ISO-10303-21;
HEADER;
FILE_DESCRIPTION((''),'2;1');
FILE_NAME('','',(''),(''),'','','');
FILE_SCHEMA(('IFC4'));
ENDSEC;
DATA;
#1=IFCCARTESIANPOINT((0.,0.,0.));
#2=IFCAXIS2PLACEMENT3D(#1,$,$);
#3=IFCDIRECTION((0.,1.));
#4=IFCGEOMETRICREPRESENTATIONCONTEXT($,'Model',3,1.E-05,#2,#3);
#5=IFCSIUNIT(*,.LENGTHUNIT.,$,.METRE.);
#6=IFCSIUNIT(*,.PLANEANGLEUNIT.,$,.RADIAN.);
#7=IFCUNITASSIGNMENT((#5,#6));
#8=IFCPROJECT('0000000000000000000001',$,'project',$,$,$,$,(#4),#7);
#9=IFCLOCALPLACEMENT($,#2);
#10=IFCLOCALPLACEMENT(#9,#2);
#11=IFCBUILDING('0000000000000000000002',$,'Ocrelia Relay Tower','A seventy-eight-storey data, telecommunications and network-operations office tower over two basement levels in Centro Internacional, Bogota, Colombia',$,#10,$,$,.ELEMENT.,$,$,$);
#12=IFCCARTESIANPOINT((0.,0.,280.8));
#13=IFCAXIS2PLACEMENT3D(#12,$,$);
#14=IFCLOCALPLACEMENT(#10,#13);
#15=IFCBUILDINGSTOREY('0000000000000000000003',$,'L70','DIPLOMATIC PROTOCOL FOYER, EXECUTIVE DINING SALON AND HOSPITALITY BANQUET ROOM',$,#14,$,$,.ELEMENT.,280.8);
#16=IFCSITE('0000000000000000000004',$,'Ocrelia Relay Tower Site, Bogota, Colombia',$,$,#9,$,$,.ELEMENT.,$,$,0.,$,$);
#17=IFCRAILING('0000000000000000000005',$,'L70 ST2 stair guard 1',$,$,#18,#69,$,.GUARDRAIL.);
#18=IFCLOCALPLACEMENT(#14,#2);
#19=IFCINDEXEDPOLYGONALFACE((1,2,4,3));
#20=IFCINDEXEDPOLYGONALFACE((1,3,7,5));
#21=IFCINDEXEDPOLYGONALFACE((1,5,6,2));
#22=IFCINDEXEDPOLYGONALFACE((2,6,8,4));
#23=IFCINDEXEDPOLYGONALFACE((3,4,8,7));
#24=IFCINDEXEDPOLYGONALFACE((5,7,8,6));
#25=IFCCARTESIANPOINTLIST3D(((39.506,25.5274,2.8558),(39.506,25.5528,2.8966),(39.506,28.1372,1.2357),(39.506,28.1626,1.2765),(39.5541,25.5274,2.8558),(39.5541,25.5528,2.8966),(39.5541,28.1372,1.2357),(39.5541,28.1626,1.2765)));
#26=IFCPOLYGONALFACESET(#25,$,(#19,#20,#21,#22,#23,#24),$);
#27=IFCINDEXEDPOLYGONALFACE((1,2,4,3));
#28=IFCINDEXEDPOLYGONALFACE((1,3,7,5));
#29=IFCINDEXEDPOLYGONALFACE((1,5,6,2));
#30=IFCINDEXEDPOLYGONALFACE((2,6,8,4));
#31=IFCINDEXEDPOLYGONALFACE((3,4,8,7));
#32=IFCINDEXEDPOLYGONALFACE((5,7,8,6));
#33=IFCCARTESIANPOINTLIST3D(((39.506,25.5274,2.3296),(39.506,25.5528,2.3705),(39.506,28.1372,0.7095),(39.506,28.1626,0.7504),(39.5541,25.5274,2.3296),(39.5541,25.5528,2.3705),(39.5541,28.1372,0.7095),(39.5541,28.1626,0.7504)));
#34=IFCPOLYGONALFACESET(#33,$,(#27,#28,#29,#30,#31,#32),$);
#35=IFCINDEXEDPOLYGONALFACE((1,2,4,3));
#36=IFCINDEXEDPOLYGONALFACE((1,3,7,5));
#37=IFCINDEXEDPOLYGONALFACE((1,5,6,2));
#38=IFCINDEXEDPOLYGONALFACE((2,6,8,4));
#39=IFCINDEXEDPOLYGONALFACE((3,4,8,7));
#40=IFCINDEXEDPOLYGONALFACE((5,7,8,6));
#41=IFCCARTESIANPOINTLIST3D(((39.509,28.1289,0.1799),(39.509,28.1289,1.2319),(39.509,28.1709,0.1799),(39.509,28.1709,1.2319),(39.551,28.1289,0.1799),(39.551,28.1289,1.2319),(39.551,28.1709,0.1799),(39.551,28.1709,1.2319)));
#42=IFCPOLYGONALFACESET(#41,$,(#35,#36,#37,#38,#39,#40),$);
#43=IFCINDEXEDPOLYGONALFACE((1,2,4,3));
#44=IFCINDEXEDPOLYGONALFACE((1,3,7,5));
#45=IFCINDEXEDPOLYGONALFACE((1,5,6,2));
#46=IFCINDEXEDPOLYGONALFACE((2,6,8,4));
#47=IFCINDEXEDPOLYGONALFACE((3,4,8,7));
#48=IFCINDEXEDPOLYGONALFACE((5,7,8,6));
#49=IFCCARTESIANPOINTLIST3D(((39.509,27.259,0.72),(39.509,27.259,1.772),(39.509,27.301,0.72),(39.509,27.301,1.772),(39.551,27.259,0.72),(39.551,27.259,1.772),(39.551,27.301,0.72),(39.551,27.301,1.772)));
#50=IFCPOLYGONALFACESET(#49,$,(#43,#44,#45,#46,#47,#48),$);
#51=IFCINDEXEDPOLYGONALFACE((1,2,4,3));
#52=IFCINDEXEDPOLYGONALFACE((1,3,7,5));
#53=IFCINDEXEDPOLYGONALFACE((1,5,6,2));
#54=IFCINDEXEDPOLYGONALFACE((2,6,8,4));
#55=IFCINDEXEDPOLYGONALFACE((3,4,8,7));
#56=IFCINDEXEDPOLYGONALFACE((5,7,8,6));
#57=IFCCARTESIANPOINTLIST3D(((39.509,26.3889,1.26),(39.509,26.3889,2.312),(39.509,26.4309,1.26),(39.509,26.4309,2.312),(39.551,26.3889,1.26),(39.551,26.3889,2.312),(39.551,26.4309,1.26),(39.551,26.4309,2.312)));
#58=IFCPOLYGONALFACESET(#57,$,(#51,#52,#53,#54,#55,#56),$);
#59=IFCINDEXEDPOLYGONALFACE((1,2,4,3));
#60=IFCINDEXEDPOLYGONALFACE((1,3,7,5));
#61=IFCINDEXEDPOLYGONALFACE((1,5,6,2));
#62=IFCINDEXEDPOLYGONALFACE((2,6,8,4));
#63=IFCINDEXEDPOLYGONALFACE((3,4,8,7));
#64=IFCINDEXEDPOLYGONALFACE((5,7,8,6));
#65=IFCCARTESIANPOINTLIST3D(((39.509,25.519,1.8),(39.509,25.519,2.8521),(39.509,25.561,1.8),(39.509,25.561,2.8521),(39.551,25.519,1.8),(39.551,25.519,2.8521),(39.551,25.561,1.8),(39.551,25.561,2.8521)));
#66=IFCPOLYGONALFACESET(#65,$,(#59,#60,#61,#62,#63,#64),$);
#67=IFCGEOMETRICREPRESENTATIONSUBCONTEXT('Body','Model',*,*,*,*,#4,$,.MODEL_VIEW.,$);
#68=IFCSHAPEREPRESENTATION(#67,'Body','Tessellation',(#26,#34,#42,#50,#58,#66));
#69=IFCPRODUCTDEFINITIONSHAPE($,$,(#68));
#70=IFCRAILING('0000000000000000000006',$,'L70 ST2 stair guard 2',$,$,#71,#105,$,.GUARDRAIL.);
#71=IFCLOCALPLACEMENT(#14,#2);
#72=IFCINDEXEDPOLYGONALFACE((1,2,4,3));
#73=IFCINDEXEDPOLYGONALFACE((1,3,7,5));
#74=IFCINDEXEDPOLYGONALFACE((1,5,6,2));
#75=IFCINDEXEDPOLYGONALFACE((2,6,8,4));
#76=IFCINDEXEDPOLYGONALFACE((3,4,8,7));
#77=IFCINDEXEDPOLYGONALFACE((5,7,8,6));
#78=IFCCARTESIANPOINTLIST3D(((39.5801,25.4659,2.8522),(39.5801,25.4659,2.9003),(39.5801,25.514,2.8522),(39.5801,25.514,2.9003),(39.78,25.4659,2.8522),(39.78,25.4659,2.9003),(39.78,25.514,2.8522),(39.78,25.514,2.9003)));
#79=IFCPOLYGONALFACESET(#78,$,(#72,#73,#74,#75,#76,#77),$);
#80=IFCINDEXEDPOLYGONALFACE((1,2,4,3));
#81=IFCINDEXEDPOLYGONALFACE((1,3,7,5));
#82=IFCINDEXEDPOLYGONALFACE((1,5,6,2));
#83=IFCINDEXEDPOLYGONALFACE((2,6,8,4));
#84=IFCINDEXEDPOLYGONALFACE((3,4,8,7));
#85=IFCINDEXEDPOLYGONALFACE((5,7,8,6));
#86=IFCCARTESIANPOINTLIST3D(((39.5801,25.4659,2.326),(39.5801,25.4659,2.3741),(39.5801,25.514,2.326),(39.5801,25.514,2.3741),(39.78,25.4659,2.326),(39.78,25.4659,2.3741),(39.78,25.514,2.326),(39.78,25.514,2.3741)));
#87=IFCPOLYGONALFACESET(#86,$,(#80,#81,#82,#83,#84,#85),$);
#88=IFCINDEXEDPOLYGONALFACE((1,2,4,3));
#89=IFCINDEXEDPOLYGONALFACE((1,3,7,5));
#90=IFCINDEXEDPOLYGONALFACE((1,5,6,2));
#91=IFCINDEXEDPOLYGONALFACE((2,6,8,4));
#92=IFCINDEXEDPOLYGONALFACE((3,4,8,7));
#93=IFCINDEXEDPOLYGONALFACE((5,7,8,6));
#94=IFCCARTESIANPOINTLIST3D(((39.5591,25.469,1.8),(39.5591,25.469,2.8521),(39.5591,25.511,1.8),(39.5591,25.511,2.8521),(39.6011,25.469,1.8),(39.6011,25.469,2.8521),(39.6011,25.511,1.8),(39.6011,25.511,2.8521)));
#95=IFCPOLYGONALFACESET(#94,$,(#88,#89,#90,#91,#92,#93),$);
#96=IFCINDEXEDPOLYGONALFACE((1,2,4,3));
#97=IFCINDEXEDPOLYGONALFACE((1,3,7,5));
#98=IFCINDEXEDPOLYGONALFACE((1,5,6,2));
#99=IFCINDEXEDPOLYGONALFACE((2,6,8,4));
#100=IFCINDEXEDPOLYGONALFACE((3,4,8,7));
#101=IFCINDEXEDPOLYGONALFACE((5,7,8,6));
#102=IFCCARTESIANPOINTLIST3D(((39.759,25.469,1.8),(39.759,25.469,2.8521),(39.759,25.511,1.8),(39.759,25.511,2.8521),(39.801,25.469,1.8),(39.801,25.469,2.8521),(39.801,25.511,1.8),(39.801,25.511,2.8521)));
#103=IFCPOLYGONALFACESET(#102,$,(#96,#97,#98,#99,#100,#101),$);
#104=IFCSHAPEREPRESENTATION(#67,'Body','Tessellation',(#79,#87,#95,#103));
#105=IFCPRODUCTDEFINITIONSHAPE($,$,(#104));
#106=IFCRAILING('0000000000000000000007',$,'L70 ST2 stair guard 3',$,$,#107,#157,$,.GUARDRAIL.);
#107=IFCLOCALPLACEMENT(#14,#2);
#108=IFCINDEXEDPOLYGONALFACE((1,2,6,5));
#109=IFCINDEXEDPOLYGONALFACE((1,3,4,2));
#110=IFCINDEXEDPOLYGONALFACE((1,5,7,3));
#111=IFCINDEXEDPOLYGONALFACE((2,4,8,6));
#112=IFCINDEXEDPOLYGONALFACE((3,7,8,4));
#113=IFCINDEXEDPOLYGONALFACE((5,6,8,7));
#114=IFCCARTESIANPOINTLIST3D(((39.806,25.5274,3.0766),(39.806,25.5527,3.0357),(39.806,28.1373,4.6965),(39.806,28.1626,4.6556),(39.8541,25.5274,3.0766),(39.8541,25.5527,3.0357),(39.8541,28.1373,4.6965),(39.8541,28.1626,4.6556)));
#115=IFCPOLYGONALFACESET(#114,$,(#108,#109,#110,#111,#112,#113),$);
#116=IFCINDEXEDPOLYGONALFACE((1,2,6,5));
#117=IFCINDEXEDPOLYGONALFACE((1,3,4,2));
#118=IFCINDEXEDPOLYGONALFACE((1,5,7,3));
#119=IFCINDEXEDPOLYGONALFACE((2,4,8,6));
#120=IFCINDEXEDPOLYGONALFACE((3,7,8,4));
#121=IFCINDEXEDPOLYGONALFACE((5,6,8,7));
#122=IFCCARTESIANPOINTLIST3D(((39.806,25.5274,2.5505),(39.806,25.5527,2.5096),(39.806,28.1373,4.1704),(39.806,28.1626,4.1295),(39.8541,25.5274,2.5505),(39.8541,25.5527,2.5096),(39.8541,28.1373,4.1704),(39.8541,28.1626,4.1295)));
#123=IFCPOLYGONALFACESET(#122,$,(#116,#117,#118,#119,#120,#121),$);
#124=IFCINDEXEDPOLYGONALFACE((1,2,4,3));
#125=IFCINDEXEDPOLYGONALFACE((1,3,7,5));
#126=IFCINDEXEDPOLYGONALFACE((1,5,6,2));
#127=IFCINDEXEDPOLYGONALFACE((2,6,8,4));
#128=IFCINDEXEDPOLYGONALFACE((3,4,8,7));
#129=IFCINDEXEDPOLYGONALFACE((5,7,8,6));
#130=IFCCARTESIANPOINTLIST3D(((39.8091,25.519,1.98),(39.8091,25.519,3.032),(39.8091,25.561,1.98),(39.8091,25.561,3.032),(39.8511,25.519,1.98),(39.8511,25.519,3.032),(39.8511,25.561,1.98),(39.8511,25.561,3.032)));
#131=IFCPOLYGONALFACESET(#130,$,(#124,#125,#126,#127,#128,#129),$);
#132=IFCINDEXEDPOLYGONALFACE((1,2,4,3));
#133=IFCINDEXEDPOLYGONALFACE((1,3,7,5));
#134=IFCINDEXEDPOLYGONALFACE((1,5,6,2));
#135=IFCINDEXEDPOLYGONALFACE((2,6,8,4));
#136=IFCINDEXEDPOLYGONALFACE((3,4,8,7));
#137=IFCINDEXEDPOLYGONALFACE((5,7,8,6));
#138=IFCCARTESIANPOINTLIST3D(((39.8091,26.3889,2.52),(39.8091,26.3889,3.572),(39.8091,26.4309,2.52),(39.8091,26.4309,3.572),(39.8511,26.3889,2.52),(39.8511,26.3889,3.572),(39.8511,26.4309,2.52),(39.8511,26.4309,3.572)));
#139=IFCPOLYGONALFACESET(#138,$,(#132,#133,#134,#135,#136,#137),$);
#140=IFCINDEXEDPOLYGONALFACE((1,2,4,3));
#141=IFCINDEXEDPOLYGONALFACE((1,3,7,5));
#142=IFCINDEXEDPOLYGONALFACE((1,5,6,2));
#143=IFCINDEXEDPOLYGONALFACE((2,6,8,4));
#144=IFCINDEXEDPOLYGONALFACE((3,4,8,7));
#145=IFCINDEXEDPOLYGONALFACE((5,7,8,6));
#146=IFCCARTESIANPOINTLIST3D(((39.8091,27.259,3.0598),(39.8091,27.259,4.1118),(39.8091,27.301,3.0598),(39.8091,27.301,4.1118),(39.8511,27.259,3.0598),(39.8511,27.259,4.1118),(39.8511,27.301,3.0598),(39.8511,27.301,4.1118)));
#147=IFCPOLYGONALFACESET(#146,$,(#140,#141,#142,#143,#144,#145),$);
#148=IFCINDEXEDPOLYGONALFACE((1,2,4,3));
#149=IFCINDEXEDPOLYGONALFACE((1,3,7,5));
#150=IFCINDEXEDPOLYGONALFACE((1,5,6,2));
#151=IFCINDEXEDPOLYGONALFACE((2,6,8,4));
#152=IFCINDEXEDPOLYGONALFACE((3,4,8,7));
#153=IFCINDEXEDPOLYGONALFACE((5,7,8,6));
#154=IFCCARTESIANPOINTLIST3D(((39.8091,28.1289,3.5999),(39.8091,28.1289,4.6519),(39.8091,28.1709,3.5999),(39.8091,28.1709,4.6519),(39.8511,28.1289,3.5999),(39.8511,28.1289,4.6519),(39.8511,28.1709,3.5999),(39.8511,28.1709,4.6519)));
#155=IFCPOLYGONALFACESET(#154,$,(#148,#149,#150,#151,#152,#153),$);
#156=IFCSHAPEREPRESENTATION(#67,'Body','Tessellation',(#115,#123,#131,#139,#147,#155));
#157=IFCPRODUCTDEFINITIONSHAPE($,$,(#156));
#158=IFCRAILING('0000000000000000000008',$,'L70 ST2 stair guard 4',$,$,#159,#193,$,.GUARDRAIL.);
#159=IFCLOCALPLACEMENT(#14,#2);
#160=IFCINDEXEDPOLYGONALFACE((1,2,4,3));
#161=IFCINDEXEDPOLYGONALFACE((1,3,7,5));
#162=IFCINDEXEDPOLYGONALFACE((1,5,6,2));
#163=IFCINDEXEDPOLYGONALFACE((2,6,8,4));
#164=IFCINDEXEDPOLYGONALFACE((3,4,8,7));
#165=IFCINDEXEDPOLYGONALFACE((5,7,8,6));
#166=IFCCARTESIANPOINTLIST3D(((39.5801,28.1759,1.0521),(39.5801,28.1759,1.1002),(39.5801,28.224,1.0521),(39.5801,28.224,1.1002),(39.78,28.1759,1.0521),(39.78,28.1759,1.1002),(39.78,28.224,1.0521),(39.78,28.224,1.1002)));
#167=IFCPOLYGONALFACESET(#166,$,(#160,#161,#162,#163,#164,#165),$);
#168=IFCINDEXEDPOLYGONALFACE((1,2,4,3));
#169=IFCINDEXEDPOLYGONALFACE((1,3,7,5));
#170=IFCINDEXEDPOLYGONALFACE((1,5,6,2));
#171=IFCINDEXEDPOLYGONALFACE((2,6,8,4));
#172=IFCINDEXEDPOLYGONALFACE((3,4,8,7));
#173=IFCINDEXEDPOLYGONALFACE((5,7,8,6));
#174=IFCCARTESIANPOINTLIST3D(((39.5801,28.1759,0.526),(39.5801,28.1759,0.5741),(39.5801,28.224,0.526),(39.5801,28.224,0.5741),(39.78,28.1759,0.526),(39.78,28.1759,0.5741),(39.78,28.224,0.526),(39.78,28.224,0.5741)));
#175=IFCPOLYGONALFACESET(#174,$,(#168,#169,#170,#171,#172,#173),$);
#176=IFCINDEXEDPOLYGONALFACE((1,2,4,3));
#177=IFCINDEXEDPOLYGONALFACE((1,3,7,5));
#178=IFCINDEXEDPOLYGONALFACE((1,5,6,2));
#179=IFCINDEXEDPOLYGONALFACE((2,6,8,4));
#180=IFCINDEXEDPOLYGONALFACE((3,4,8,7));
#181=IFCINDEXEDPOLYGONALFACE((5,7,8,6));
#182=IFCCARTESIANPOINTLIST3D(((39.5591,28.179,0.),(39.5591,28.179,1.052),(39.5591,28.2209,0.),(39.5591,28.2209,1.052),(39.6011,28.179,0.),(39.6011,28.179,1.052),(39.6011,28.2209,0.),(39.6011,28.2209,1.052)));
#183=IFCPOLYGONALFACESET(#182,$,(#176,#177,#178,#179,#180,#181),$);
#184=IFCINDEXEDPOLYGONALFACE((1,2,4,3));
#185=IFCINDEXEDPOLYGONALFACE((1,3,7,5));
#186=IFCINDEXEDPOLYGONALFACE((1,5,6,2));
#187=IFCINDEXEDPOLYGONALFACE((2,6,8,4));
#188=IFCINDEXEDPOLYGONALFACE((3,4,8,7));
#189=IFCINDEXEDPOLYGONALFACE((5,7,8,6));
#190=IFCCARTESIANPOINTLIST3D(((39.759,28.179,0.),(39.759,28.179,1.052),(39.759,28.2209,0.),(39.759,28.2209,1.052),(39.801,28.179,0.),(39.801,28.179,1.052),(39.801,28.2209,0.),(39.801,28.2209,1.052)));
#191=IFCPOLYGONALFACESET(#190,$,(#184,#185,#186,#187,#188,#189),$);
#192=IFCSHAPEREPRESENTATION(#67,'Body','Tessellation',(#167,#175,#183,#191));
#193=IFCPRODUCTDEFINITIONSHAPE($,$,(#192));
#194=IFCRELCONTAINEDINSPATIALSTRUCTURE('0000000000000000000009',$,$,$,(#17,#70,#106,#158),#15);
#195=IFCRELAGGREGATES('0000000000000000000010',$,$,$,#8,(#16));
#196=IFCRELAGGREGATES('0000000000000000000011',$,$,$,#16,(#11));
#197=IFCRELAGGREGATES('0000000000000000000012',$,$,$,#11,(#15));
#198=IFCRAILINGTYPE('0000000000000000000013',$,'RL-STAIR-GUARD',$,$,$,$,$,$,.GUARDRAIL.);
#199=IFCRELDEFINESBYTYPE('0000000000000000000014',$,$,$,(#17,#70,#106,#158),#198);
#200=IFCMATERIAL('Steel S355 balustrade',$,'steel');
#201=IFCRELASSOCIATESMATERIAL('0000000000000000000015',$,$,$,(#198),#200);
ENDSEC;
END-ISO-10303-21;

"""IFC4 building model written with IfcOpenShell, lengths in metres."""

from ifc_helpers import new_model, si_unit, direction, frame, origin, origin_2d, place, context, subcontext, project, spatial, rectangle, extrude, material, type_object, element, save


model = new_model("IFC4")

# Units and contexts
model_context = context("Model", 3, precision=1e-05, world=origin(), true_north=direction((0.0, 1.0)))
body_context = subcontext(model_context, "Body", "Model", "MODEL_VIEW")
ifc_project = project(units=[si_unit("LENGTHUNIT", "METRE"), si_unit("PLANEANGLEUNIT", "RADIAN")], contexts=[model_context])

# Site, building, storey
site_placement = place(None, origin())
site = spatial("IfcSite", under=ifc_project, at=site_placement, Name="Ocrelia Relay Tower Site, Bogota, Colombia", CompositionType="ELEMENT", RefElevation=0.0)
building_placement = place(site_placement, origin())
building = spatial("IfcBuilding", under=site, at=building_placement, Name="Ocrelia Relay Tower", Description="A seventy-eight-storey data, telecommunications and network-operations office tower over two basement levels in Centro Internacional, Bogota, Colombia", CompositionType="ELEMENT")
storey_placement = place(building_placement, frame((0.0, 0.0, 280.8)))
storey = spatial("IfcBuildingStorey", under=building, at=storey_placement, Name="L70", Description="DIPLOMATIC PROTOCOL FOYER, EXECUTIVE DINING SALON AND HOSPITALITY BANQUET ROOM", CompositionType="ELEMENT", Elevation=280.8)

# Railings
ifc_material_1 = material(Name="Steel S355 balustrade", Category="steel")
railing_type_1 = type_object("IfcRailingType", Name="RL-STAIR-GUARD", PredefinedType="GUARDRAIL", material=ifc_material_1)
railing_1_placement = place(storey_placement, frame((39.53, 28.1499, 0.1799)))
element("IfcRailing", 1, at=railing_1_placement, inside=storey, type_object=railing_type_1, Name="L70 ST2 stair guard 1", PredefinedType="GUARDRAIL", context=body_context, shape_type="SweptSolid", body=[
    extrude(rectangle(XDim=0.0481, YDim=0.0481, at=origin_2d()), frame((0.0, 0.0, 1.0762), z_axis=(0.0, -0.849611, 0.52741), x_axis=(1.0, 0.0, 0.0)), (0.0, 0.0, 1.0), 3.0718),
    extrude(rectangle(XDim=0.0481, YDim=0.0481, at=origin_2d()), frame((0.0, 0.0, 0.55), z_axis=(0.0, -0.849611, 0.52741), x_axis=(1.0, 0.0, 0.0)), (0.0, 0.0, 1.0), 3.0718),
    extrude(rectangle(XDim=0.042, YDim=0.042, at=origin_2d()), origin(), (0.0, 0.0, 1.0), 1.052),
    extrude(rectangle(XDim=0.042, YDim=0.042, at=origin_2d()), frame((0.0, -0.8699, 0.54)), (0.0, 0.0, 1.0), 1.052),
    extrude(rectangle(XDim=0.042, YDim=0.042, at=origin_2d()), frame((0.0, -1.74, 1.0801)), (0.0, 0.0, 1.0), 1.052),
    extrude(rectangle(XDim=0.042, YDim=0.042, at=origin_2d()), frame((0.0, -2.6099, 1.6201)), (0.0, 0.0, 1.0), 1.052),
])
railing_2_placement = place(storey_placement, frame((39.5801, 25.49, 1.8)))
element("IfcRailing", 2, at=railing_2_placement, inside=storey, type_object=railing_type_1, Name="L70 ST2 stair guard 2", PredefinedType="GUARDRAIL", context=body_context, shape_type="SweptSolid", body=[
    extrude(rectangle(XDim=0.0481, YDim=0.0481, at=origin_2d()), frame((0.0, 0.0, 1.0762), z_axis=(1.0, 0.0, 0.0), x_axis=(0.0, 1.0, 0.0)), (0.0, 0.0, 1.0), 0.2),
    extrude(rectangle(XDim=0.0481, YDim=0.0481, at=origin_2d()), frame((0.0, 0.0, 0.55), z_axis=(1.0, 0.0, 0.0), x_axis=(0.0, 1.0, 0.0)), (0.0, 0.0, 1.0), 0.2),
    extrude(rectangle(XDim=0.042, YDim=0.042, at=origin_2d()), origin(), (0.0, 0.0, 1.0), 1.052),
    extrude(rectangle(XDim=0.042, YDim=0.042, at=origin_2d()), frame((0.2, 0.0, 0.0)), (0.0, 0.0, 1.0), 1.052),
])
railing_3_placement = place(storey_placement, frame((39.8301, 25.54, 1.98)))
element("IfcRailing", 3, at=railing_3_placement, inside=storey, type_object=railing_type_1, Name="L70 ST2 stair guard 3", PredefinedType="GUARDRAIL", context=body_context, shape_type="SweptSolid", body=[
    extrude(rectangle(XDim=0.0481, YDim=0.0481, at=origin_2d()), frame((0.0, 0.0, 1.0762), z_axis=(0.0, 0.849646, 0.527353), x_axis=(-1.0, 0.0, 0.0)), (0.0, 0.0, 1.0), 3.0718),
    extrude(rectangle(XDim=0.0481, YDim=0.0481, at=origin_2d()), frame((0.0, 0.0, 0.55), z_axis=(0.0, 0.849646, 0.527353), x_axis=(-1.0, 0.0, 0.0)), (0.0, 0.0, 1.0), 3.0718),
    extrude(rectangle(XDim=0.042, YDim=0.042, at=origin_2d()), origin(), (0.0, 0.0, 1.0), 1.052),
    extrude(rectangle(XDim=0.042, YDim=0.042, at=origin_2d()), frame((0.0, 0.8699, 0.54)), (0.0, 0.0, 1.0), 1.052),
    extrude(rectangle(XDim=0.042, YDim=0.042, at=origin_2d()), frame((0.0, 1.74, 1.0798)), (0.0, 0.0, 1.0), 1.052),
    extrude(rectangle(XDim=0.042, YDim=0.042, at=origin_2d()), frame((0.0, 2.6099, 1.6199)), (0.0, 0.0, 1.0), 1.052),
])
railing_4_placement = place(storey_placement, frame((39.5801, 28.2, 0.0)))
element("IfcRailing", 4, at=railing_4_placement, inside=storey, type_object=railing_type_1, Name="L70 ST2 stair guard 4", PredefinedType="GUARDRAIL", context=body_context, shape_type="SweptSolid", body=[
    extrude(rectangle(XDim=0.0481, YDim=0.0481, at=origin_2d()), frame((0.0, 0.0, 1.0762), z_axis=(1.0, 0.0, 0.0), x_axis=(0.0, 1.0, 0.0)), (0.0, 0.0, 1.0), 0.2),
    extrude(rectangle(XDim=0.0481, YDim=0.0481, at=origin_2d()), frame((0.0, 0.0, 0.55), z_axis=(1.0, 0.0, 0.0), x_axis=(0.0, 1.0, 0.0)), (0.0, 0.0, 1.0), 0.2),
    extrude(rectangle(XDim=0.042, YDim=0.042, at=origin_2d()), origin(), (0.0, 0.0, 1.0), 1.052),
    extrude(rectangle(XDim=0.042, YDim=0.042, at=origin_2d()), frame((0.2, 0.0, 0.0)), (0.0, 0.0, 1.0), 1.052),
])

save(model, "model.ifc")
